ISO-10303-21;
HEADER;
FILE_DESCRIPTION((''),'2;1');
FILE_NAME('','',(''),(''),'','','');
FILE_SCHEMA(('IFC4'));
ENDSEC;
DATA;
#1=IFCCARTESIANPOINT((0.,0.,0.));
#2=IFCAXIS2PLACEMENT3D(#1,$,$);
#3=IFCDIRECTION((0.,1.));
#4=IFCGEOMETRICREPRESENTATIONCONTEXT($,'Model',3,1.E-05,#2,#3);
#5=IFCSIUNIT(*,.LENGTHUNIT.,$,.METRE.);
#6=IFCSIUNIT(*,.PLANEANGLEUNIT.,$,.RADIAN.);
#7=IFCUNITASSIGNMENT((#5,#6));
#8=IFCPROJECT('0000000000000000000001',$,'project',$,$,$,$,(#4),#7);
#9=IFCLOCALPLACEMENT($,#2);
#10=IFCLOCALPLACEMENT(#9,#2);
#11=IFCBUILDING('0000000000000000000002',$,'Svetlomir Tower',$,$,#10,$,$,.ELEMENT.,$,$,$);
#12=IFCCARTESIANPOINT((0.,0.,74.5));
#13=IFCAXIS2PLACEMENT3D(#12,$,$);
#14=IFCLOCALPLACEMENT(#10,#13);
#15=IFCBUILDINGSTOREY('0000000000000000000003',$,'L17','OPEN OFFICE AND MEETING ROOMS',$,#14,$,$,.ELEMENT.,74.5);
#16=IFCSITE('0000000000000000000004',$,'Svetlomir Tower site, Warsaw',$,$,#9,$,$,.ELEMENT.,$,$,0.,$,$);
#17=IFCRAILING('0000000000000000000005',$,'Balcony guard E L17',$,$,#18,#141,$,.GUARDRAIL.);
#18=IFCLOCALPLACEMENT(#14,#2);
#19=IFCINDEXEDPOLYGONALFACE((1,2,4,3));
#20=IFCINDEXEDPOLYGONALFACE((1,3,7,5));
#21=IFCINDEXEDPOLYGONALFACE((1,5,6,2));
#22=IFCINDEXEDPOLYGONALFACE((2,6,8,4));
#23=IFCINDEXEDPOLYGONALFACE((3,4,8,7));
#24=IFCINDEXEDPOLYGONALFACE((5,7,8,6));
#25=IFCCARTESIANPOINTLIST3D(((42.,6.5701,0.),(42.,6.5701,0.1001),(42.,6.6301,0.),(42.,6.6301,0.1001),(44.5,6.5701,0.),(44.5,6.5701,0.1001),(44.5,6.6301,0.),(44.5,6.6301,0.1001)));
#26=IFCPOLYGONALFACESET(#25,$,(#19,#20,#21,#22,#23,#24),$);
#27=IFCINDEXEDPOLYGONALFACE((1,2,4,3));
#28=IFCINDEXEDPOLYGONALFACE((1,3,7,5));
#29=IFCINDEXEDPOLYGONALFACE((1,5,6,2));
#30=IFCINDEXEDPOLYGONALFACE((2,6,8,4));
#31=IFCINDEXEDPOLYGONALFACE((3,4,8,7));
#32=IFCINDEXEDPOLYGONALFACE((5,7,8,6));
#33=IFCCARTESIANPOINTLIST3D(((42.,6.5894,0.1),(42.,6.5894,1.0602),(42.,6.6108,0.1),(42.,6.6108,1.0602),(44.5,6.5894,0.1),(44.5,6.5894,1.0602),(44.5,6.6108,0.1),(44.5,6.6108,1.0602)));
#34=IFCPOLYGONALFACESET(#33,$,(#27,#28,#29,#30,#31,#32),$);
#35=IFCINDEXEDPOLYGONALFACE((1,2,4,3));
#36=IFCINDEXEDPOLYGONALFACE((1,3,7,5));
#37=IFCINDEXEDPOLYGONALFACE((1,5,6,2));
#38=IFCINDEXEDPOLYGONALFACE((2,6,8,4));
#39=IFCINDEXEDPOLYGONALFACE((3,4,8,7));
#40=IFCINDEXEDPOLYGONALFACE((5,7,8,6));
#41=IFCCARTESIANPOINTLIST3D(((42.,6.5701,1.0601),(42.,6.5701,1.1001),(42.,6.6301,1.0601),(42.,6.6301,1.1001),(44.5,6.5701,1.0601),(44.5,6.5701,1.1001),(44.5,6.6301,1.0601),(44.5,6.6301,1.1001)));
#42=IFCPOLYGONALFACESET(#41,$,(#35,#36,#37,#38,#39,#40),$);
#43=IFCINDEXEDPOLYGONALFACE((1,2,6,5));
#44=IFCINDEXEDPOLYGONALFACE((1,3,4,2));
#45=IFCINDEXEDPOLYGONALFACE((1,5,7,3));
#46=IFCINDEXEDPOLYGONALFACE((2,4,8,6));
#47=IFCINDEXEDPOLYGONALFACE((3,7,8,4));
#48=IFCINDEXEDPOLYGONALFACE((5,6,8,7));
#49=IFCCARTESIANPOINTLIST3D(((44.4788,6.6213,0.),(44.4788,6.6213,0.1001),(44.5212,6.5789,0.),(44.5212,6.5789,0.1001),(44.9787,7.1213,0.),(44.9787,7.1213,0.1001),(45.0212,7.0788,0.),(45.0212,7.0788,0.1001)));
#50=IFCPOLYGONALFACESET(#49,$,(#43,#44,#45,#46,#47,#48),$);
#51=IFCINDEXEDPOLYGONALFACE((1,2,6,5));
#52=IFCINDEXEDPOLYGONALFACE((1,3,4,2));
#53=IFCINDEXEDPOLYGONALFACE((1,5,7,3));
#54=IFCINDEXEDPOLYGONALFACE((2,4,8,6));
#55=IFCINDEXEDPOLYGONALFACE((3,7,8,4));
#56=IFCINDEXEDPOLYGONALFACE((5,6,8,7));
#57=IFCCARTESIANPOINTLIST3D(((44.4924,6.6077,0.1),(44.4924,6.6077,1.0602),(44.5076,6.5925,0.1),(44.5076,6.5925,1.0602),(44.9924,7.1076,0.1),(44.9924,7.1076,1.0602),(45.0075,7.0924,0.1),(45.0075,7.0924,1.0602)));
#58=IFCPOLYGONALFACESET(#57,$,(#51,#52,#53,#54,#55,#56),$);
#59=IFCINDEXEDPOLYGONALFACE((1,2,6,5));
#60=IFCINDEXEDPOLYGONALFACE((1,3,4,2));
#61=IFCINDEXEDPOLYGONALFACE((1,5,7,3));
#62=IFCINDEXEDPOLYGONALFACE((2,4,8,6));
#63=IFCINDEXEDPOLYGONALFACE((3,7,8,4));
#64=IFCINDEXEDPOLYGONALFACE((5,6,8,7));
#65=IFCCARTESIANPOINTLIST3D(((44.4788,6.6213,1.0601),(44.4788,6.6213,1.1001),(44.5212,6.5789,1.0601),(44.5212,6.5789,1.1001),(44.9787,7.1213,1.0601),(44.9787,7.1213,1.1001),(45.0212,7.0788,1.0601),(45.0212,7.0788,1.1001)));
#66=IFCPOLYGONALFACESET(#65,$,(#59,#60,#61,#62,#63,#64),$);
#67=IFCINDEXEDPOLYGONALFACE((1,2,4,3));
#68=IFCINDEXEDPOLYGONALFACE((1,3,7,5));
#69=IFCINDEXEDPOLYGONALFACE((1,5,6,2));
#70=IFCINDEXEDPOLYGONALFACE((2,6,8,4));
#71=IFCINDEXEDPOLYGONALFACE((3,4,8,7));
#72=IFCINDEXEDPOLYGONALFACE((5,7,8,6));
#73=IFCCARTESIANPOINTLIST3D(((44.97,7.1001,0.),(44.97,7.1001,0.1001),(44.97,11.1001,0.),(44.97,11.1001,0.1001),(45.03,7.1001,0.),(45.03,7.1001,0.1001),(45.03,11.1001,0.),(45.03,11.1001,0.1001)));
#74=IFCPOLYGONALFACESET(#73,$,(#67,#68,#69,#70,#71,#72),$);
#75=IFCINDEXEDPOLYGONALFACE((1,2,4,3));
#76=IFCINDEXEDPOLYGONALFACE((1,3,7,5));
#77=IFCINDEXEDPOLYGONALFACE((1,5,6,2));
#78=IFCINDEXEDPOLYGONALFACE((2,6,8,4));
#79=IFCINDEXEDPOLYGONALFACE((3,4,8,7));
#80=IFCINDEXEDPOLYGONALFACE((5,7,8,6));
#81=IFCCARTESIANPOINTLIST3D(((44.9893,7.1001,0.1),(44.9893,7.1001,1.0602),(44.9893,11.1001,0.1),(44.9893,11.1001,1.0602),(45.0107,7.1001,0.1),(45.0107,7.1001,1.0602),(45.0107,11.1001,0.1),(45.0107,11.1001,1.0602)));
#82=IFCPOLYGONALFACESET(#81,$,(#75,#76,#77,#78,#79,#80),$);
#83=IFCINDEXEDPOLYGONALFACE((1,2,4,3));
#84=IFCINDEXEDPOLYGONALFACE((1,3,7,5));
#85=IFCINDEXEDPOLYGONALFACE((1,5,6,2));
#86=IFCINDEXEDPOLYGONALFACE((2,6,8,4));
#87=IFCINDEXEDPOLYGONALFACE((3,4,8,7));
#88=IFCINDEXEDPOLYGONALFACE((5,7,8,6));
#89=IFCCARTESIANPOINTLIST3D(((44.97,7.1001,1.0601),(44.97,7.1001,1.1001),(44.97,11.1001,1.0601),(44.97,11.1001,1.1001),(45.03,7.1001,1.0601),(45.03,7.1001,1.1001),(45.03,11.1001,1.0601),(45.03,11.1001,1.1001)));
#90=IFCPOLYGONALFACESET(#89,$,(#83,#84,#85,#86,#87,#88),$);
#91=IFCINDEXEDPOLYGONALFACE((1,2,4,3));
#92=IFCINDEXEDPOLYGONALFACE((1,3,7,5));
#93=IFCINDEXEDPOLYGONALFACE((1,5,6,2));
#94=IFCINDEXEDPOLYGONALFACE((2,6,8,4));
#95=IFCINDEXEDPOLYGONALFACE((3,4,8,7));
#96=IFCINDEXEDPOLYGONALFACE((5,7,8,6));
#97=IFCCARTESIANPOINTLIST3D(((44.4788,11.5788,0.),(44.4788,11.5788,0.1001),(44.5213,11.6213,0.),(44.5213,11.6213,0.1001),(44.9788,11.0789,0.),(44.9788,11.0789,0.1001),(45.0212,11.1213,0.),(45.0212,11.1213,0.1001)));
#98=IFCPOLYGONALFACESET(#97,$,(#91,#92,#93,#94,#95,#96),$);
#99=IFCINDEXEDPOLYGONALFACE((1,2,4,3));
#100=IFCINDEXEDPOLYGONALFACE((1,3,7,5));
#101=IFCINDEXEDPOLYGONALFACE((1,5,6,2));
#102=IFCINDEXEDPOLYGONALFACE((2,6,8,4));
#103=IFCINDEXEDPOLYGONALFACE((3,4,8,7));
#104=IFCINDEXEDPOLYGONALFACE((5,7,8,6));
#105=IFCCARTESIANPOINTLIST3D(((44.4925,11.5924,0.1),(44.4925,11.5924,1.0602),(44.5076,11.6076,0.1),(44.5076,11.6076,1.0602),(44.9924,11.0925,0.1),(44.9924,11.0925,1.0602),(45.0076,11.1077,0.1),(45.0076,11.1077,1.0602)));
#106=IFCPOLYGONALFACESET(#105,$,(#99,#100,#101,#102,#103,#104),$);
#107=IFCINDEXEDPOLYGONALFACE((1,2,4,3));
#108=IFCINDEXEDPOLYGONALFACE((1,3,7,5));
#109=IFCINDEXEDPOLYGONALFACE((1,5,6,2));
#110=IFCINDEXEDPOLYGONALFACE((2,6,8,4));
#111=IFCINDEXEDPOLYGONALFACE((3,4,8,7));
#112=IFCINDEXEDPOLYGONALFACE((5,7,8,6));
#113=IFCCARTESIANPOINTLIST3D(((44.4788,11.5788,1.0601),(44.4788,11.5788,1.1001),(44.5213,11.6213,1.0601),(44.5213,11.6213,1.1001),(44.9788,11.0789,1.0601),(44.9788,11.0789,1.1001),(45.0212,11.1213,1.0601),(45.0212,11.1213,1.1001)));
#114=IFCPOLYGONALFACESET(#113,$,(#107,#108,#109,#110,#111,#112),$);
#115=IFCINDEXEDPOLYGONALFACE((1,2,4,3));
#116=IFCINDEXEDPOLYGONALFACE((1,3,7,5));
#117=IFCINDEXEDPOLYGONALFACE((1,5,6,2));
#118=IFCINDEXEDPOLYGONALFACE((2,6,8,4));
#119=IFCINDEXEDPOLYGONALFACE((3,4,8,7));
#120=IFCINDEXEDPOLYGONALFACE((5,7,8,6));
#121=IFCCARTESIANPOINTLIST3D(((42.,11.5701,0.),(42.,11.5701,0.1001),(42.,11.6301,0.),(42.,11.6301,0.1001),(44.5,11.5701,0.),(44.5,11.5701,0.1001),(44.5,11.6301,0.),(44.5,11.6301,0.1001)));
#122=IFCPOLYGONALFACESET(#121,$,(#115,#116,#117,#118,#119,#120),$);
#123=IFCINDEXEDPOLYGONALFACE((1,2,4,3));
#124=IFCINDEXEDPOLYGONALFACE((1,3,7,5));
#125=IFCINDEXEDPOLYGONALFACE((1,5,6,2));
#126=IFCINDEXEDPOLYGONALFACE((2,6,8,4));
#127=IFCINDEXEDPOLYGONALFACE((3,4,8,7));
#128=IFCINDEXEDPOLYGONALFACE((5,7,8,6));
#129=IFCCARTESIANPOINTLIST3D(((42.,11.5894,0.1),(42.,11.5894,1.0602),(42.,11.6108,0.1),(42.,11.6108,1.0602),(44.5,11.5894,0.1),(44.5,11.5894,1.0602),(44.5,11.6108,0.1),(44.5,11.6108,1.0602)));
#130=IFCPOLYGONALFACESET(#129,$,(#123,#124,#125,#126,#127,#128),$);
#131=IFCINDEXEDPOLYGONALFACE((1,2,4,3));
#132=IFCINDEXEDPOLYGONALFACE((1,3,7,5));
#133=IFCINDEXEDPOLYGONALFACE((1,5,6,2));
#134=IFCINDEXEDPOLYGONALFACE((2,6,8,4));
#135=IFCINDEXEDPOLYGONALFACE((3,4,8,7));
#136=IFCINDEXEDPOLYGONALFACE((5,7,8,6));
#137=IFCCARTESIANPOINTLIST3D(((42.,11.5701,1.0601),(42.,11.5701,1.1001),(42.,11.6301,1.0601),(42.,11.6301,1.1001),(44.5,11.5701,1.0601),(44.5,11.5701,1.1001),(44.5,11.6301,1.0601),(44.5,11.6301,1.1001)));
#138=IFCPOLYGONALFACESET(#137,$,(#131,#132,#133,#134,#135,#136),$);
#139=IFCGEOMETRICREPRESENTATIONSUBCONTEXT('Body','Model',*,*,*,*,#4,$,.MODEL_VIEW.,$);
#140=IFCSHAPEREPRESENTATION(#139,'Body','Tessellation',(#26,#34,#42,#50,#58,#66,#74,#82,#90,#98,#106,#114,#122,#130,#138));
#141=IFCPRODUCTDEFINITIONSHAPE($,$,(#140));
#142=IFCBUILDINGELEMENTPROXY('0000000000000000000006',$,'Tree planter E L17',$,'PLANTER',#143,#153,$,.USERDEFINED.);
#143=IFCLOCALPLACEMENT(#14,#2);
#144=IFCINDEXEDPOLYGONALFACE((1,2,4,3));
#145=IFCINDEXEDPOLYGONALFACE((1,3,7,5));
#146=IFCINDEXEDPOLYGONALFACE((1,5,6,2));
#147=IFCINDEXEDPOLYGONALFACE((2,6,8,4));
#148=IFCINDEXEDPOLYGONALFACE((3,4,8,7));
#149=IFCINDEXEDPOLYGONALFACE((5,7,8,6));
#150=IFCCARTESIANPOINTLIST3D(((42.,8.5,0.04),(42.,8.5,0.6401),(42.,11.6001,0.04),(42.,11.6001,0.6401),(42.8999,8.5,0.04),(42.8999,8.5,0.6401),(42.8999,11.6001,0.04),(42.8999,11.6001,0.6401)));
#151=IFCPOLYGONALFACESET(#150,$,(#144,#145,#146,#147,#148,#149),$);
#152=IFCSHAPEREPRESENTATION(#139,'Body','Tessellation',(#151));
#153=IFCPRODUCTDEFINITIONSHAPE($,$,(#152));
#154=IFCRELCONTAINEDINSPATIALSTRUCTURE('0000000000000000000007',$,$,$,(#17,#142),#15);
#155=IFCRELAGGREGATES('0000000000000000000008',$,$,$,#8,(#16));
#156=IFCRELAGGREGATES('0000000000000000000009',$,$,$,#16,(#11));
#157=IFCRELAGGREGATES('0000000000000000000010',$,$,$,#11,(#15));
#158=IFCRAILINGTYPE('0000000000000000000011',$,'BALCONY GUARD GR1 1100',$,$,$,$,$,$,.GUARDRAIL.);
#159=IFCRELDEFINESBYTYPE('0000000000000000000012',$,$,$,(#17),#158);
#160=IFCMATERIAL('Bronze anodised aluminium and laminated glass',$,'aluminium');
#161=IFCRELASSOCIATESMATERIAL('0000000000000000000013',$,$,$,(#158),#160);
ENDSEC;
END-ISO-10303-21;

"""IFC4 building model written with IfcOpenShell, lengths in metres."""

from ifc_helpers import new_model, si_unit, direction, frame, origin, origin_2d, place, context, subcontext, project, spatial, rectangle, extrude, material, type_object, element, save


model = new_model("IFC4")

# Units and contexts
model_context = context("Model", 3, precision=1e-05, world=origin(), true_north=direction((0.0, 1.0)))
body_context = subcontext(model_context, "Body", "Model", "MODEL_VIEW")
ifc_project = project(units=[si_unit("LENGTHUNIT", "METRE"), si_unit("PLANEANGLEUNIT", "RADIAN")], contexts=[model_context])

# Site, building, storey
site_placement = place(None, origin())
site = spatial("IfcSite", under=ifc_project, at=site_placement, Name="Svetlomir Tower site, Warsaw", CompositionType="ELEMENT", RefElevation=0.0)
building_placement = place(site_placement, origin())
building = spatial("IfcBuilding", under=site, at=building_placement, Name="Svetlomir Tower", CompositionType="ELEMENT")
storey_placement = place(building_placement, frame((0.0, 0.0, 74.5)))
storey = spatial("IfcBuildingStorey", under=building, at=storey_placement, Name="L17", Description="OPEN OFFICE AND MEETING ROOMS", CompositionType="ELEMENT", Elevation=74.5)

# Railing
ifc_material_1 = material(Name="Bronze anodised aluminium and laminated glass", Category="aluminium")
railing_type = type_object("IfcRailingType", Name="BALCONY GUARD GR1 1100", PredefinedType="GUARDRAIL", material=ifc_material_1)
railing_placement = place(storey_placement, frame((42.0, 6.6001, 0.0)))
element("IfcRailing", 1, at=railing_placement, inside=storey, type_object=railing_type, Name="Balcony guard E L17", PredefinedType="GUARDRAIL", context=body_context, shape_type="SweptSolid", body=[
    extrude(rectangle(XDim=0.0601, YDim=0.1001, at=origin_2d()), frame((0.0, 0.0, 0.05), z_axis=(1.0, 0.0, 0.0), x_axis=(0.0, 1.0, 0.0)), (0.0, 0.0, 1.0), 2.5),
    extrude(rectangle(XDim=0.0215, YDim=0.9602, at=origin_2d()), frame((0.0, 0.0, 0.5801), z_axis=(1.0, 0.0, 0.0), x_axis=(0.0, 1.0, 0.0)), (0.0, 0.0, 1.0), 2.5),
    extrude(rectangle(XDim=0.0601, YDim=0.04, at=origin_2d()), frame((0.0, 0.0, 1.0801), z_axis=(1.0, 0.0, 0.0), x_axis=(0.0, 1.0, 0.0)), (0.0, 0.0, 1.0), 2.5),
    extrude(rectangle(XDim=0.0601, YDim=0.1001, at=origin_2d()), frame((2.5, 0.0, 0.05), z_axis=(0.707107, 0.707107, 0.0), x_axis=(-0.707107, 0.707107, 0.0)), (0.0, 0.0, 1.0), 0.707),
    extrude(rectangle(XDim=0.0215, YDim=0.9602, at=origin_2d()), frame((2.5, 0.0, 0.5801), z_axis=(0.707107, 0.707107, 0.0), x_axis=(-0.707107, 0.707107, 0.0)), (0.0, 0.0, 1.0), 0.707),
    extrude(rectangle(XDim=0.0601, YDim=0.04, at=origin_2d()), frame((2.5, 0.0, 1.0801), z_axis=(0.707107, 0.707107, 0.0), x_axis=(-0.707107, 0.707107, 0.0)), (0.0, 0.0, 1.0), 0.707),
    extrude(rectangle(XDim=0.0601, YDim=0.1001, at=origin_2d()), frame((3.0, 0.5, 0.05), z_axis=(0.0, 1.0, 0.0), x_axis=(-1.0, 0.0, 0.0)), (0.0, 0.0, 1.0), 4.0),
    extrude(rectangle(XDim=0.0215, YDim=0.9602, at=origin_2d()), frame((3.0, 0.5, 0.5801), z_axis=(0.0, 1.0, 0.0), x_axis=(-1.0, 0.0, 0.0)), (0.0, 0.0, 1.0), 4.0),
    extrude(rectangle(XDim=0.0601, YDim=0.04, at=origin_2d()), frame((3.0, 0.5, 1.0801), z_axis=(0.0, 1.0, 0.0), x_axis=(-1.0, 0.0, 0.0)), (0.0, 0.0, 1.0), 4.0),
    extrude(rectangle(XDim=0.0601, YDim=0.1001, at=origin_2d()), frame((3.0, 4.5, 0.05), z_axis=(-0.707107, 0.707107, 0.0), x_axis=(-0.707107, -0.707107, 0.0)), (0.0, 0.0, 1.0), 0.707),
    extrude(rectangle(XDim=0.0215, YDim=0.9602, at=origin_2d()), frame((3.0, 4.5, 0.5801), z_axis=(-0.707107, 0.707107, 0.0), x_axis=(-0.707107, -0.707107, 0.0)), (0.0, 0.0, 1.0), 0.707),
    extrude(rectangle(XDim=0.0601, YDim=0.04, at=origin_2d()), frame((3.0, 4.5, 1.0801), z_axis=(-0.707107, 0.707107, 0.0), x_axis=(-0.707107, -0.707107, 0.0)), (0.0, 0.0, 1.0), 0.707),
    extrude(rectangle(XDim=0.0601, YDim=0.1001, at=origin_2d()), frame((2.5, 5.0, 0.05), z_axis=(-1.0, 0.0, 0.0), x_axis=(0.0, -1.0, 0.0)), (0.0, 0.0, 1.0), 2.5),
    extrude(rectangle(XDim=0.0215, YDim=0.9602, at=origin_2d()), frame((2.5, 5.0, 0.5801), z_axis=(-1.0, 0.0, 0.0), x_axis=(0.0, -1.0, 0.0)), (0.0, 0.0, 1.0), 2.5),
    extrude(rectangle(XDim=0.0601, YDim=0.04, at=origin_2d()), frame((2.5, 5.0, 1.0801), z_axis=(-1.0, 0.0, 0.0), x_axis=(0.0, -1.0, 0.0)), (0.0, 0.0, 1.0), 2.5),
])

# Building element proxy
proxy_placement = place(storey_placement, frame((42.45, 10.05, 0.04), z_axis=(0.0, 0.0, 1.0), x_axis=(1.0, 0.0, 0.0)))
element("IfcBuildingElementProxy", 2, at=proxy_placement, inside=storey, Name="Tree planter E L17", ObjectType="PLANTER", PredefinedType="USERDEFINED", context=body_context, shape_type="SweptSolid", body=[
    extrude(rectangle(XDim=0.8999, YDim=3.1001, at=origin_2d()), origin(), (0.0, 0.0, 1.0), 0.6001),
])

save(model, "model.ifc")
